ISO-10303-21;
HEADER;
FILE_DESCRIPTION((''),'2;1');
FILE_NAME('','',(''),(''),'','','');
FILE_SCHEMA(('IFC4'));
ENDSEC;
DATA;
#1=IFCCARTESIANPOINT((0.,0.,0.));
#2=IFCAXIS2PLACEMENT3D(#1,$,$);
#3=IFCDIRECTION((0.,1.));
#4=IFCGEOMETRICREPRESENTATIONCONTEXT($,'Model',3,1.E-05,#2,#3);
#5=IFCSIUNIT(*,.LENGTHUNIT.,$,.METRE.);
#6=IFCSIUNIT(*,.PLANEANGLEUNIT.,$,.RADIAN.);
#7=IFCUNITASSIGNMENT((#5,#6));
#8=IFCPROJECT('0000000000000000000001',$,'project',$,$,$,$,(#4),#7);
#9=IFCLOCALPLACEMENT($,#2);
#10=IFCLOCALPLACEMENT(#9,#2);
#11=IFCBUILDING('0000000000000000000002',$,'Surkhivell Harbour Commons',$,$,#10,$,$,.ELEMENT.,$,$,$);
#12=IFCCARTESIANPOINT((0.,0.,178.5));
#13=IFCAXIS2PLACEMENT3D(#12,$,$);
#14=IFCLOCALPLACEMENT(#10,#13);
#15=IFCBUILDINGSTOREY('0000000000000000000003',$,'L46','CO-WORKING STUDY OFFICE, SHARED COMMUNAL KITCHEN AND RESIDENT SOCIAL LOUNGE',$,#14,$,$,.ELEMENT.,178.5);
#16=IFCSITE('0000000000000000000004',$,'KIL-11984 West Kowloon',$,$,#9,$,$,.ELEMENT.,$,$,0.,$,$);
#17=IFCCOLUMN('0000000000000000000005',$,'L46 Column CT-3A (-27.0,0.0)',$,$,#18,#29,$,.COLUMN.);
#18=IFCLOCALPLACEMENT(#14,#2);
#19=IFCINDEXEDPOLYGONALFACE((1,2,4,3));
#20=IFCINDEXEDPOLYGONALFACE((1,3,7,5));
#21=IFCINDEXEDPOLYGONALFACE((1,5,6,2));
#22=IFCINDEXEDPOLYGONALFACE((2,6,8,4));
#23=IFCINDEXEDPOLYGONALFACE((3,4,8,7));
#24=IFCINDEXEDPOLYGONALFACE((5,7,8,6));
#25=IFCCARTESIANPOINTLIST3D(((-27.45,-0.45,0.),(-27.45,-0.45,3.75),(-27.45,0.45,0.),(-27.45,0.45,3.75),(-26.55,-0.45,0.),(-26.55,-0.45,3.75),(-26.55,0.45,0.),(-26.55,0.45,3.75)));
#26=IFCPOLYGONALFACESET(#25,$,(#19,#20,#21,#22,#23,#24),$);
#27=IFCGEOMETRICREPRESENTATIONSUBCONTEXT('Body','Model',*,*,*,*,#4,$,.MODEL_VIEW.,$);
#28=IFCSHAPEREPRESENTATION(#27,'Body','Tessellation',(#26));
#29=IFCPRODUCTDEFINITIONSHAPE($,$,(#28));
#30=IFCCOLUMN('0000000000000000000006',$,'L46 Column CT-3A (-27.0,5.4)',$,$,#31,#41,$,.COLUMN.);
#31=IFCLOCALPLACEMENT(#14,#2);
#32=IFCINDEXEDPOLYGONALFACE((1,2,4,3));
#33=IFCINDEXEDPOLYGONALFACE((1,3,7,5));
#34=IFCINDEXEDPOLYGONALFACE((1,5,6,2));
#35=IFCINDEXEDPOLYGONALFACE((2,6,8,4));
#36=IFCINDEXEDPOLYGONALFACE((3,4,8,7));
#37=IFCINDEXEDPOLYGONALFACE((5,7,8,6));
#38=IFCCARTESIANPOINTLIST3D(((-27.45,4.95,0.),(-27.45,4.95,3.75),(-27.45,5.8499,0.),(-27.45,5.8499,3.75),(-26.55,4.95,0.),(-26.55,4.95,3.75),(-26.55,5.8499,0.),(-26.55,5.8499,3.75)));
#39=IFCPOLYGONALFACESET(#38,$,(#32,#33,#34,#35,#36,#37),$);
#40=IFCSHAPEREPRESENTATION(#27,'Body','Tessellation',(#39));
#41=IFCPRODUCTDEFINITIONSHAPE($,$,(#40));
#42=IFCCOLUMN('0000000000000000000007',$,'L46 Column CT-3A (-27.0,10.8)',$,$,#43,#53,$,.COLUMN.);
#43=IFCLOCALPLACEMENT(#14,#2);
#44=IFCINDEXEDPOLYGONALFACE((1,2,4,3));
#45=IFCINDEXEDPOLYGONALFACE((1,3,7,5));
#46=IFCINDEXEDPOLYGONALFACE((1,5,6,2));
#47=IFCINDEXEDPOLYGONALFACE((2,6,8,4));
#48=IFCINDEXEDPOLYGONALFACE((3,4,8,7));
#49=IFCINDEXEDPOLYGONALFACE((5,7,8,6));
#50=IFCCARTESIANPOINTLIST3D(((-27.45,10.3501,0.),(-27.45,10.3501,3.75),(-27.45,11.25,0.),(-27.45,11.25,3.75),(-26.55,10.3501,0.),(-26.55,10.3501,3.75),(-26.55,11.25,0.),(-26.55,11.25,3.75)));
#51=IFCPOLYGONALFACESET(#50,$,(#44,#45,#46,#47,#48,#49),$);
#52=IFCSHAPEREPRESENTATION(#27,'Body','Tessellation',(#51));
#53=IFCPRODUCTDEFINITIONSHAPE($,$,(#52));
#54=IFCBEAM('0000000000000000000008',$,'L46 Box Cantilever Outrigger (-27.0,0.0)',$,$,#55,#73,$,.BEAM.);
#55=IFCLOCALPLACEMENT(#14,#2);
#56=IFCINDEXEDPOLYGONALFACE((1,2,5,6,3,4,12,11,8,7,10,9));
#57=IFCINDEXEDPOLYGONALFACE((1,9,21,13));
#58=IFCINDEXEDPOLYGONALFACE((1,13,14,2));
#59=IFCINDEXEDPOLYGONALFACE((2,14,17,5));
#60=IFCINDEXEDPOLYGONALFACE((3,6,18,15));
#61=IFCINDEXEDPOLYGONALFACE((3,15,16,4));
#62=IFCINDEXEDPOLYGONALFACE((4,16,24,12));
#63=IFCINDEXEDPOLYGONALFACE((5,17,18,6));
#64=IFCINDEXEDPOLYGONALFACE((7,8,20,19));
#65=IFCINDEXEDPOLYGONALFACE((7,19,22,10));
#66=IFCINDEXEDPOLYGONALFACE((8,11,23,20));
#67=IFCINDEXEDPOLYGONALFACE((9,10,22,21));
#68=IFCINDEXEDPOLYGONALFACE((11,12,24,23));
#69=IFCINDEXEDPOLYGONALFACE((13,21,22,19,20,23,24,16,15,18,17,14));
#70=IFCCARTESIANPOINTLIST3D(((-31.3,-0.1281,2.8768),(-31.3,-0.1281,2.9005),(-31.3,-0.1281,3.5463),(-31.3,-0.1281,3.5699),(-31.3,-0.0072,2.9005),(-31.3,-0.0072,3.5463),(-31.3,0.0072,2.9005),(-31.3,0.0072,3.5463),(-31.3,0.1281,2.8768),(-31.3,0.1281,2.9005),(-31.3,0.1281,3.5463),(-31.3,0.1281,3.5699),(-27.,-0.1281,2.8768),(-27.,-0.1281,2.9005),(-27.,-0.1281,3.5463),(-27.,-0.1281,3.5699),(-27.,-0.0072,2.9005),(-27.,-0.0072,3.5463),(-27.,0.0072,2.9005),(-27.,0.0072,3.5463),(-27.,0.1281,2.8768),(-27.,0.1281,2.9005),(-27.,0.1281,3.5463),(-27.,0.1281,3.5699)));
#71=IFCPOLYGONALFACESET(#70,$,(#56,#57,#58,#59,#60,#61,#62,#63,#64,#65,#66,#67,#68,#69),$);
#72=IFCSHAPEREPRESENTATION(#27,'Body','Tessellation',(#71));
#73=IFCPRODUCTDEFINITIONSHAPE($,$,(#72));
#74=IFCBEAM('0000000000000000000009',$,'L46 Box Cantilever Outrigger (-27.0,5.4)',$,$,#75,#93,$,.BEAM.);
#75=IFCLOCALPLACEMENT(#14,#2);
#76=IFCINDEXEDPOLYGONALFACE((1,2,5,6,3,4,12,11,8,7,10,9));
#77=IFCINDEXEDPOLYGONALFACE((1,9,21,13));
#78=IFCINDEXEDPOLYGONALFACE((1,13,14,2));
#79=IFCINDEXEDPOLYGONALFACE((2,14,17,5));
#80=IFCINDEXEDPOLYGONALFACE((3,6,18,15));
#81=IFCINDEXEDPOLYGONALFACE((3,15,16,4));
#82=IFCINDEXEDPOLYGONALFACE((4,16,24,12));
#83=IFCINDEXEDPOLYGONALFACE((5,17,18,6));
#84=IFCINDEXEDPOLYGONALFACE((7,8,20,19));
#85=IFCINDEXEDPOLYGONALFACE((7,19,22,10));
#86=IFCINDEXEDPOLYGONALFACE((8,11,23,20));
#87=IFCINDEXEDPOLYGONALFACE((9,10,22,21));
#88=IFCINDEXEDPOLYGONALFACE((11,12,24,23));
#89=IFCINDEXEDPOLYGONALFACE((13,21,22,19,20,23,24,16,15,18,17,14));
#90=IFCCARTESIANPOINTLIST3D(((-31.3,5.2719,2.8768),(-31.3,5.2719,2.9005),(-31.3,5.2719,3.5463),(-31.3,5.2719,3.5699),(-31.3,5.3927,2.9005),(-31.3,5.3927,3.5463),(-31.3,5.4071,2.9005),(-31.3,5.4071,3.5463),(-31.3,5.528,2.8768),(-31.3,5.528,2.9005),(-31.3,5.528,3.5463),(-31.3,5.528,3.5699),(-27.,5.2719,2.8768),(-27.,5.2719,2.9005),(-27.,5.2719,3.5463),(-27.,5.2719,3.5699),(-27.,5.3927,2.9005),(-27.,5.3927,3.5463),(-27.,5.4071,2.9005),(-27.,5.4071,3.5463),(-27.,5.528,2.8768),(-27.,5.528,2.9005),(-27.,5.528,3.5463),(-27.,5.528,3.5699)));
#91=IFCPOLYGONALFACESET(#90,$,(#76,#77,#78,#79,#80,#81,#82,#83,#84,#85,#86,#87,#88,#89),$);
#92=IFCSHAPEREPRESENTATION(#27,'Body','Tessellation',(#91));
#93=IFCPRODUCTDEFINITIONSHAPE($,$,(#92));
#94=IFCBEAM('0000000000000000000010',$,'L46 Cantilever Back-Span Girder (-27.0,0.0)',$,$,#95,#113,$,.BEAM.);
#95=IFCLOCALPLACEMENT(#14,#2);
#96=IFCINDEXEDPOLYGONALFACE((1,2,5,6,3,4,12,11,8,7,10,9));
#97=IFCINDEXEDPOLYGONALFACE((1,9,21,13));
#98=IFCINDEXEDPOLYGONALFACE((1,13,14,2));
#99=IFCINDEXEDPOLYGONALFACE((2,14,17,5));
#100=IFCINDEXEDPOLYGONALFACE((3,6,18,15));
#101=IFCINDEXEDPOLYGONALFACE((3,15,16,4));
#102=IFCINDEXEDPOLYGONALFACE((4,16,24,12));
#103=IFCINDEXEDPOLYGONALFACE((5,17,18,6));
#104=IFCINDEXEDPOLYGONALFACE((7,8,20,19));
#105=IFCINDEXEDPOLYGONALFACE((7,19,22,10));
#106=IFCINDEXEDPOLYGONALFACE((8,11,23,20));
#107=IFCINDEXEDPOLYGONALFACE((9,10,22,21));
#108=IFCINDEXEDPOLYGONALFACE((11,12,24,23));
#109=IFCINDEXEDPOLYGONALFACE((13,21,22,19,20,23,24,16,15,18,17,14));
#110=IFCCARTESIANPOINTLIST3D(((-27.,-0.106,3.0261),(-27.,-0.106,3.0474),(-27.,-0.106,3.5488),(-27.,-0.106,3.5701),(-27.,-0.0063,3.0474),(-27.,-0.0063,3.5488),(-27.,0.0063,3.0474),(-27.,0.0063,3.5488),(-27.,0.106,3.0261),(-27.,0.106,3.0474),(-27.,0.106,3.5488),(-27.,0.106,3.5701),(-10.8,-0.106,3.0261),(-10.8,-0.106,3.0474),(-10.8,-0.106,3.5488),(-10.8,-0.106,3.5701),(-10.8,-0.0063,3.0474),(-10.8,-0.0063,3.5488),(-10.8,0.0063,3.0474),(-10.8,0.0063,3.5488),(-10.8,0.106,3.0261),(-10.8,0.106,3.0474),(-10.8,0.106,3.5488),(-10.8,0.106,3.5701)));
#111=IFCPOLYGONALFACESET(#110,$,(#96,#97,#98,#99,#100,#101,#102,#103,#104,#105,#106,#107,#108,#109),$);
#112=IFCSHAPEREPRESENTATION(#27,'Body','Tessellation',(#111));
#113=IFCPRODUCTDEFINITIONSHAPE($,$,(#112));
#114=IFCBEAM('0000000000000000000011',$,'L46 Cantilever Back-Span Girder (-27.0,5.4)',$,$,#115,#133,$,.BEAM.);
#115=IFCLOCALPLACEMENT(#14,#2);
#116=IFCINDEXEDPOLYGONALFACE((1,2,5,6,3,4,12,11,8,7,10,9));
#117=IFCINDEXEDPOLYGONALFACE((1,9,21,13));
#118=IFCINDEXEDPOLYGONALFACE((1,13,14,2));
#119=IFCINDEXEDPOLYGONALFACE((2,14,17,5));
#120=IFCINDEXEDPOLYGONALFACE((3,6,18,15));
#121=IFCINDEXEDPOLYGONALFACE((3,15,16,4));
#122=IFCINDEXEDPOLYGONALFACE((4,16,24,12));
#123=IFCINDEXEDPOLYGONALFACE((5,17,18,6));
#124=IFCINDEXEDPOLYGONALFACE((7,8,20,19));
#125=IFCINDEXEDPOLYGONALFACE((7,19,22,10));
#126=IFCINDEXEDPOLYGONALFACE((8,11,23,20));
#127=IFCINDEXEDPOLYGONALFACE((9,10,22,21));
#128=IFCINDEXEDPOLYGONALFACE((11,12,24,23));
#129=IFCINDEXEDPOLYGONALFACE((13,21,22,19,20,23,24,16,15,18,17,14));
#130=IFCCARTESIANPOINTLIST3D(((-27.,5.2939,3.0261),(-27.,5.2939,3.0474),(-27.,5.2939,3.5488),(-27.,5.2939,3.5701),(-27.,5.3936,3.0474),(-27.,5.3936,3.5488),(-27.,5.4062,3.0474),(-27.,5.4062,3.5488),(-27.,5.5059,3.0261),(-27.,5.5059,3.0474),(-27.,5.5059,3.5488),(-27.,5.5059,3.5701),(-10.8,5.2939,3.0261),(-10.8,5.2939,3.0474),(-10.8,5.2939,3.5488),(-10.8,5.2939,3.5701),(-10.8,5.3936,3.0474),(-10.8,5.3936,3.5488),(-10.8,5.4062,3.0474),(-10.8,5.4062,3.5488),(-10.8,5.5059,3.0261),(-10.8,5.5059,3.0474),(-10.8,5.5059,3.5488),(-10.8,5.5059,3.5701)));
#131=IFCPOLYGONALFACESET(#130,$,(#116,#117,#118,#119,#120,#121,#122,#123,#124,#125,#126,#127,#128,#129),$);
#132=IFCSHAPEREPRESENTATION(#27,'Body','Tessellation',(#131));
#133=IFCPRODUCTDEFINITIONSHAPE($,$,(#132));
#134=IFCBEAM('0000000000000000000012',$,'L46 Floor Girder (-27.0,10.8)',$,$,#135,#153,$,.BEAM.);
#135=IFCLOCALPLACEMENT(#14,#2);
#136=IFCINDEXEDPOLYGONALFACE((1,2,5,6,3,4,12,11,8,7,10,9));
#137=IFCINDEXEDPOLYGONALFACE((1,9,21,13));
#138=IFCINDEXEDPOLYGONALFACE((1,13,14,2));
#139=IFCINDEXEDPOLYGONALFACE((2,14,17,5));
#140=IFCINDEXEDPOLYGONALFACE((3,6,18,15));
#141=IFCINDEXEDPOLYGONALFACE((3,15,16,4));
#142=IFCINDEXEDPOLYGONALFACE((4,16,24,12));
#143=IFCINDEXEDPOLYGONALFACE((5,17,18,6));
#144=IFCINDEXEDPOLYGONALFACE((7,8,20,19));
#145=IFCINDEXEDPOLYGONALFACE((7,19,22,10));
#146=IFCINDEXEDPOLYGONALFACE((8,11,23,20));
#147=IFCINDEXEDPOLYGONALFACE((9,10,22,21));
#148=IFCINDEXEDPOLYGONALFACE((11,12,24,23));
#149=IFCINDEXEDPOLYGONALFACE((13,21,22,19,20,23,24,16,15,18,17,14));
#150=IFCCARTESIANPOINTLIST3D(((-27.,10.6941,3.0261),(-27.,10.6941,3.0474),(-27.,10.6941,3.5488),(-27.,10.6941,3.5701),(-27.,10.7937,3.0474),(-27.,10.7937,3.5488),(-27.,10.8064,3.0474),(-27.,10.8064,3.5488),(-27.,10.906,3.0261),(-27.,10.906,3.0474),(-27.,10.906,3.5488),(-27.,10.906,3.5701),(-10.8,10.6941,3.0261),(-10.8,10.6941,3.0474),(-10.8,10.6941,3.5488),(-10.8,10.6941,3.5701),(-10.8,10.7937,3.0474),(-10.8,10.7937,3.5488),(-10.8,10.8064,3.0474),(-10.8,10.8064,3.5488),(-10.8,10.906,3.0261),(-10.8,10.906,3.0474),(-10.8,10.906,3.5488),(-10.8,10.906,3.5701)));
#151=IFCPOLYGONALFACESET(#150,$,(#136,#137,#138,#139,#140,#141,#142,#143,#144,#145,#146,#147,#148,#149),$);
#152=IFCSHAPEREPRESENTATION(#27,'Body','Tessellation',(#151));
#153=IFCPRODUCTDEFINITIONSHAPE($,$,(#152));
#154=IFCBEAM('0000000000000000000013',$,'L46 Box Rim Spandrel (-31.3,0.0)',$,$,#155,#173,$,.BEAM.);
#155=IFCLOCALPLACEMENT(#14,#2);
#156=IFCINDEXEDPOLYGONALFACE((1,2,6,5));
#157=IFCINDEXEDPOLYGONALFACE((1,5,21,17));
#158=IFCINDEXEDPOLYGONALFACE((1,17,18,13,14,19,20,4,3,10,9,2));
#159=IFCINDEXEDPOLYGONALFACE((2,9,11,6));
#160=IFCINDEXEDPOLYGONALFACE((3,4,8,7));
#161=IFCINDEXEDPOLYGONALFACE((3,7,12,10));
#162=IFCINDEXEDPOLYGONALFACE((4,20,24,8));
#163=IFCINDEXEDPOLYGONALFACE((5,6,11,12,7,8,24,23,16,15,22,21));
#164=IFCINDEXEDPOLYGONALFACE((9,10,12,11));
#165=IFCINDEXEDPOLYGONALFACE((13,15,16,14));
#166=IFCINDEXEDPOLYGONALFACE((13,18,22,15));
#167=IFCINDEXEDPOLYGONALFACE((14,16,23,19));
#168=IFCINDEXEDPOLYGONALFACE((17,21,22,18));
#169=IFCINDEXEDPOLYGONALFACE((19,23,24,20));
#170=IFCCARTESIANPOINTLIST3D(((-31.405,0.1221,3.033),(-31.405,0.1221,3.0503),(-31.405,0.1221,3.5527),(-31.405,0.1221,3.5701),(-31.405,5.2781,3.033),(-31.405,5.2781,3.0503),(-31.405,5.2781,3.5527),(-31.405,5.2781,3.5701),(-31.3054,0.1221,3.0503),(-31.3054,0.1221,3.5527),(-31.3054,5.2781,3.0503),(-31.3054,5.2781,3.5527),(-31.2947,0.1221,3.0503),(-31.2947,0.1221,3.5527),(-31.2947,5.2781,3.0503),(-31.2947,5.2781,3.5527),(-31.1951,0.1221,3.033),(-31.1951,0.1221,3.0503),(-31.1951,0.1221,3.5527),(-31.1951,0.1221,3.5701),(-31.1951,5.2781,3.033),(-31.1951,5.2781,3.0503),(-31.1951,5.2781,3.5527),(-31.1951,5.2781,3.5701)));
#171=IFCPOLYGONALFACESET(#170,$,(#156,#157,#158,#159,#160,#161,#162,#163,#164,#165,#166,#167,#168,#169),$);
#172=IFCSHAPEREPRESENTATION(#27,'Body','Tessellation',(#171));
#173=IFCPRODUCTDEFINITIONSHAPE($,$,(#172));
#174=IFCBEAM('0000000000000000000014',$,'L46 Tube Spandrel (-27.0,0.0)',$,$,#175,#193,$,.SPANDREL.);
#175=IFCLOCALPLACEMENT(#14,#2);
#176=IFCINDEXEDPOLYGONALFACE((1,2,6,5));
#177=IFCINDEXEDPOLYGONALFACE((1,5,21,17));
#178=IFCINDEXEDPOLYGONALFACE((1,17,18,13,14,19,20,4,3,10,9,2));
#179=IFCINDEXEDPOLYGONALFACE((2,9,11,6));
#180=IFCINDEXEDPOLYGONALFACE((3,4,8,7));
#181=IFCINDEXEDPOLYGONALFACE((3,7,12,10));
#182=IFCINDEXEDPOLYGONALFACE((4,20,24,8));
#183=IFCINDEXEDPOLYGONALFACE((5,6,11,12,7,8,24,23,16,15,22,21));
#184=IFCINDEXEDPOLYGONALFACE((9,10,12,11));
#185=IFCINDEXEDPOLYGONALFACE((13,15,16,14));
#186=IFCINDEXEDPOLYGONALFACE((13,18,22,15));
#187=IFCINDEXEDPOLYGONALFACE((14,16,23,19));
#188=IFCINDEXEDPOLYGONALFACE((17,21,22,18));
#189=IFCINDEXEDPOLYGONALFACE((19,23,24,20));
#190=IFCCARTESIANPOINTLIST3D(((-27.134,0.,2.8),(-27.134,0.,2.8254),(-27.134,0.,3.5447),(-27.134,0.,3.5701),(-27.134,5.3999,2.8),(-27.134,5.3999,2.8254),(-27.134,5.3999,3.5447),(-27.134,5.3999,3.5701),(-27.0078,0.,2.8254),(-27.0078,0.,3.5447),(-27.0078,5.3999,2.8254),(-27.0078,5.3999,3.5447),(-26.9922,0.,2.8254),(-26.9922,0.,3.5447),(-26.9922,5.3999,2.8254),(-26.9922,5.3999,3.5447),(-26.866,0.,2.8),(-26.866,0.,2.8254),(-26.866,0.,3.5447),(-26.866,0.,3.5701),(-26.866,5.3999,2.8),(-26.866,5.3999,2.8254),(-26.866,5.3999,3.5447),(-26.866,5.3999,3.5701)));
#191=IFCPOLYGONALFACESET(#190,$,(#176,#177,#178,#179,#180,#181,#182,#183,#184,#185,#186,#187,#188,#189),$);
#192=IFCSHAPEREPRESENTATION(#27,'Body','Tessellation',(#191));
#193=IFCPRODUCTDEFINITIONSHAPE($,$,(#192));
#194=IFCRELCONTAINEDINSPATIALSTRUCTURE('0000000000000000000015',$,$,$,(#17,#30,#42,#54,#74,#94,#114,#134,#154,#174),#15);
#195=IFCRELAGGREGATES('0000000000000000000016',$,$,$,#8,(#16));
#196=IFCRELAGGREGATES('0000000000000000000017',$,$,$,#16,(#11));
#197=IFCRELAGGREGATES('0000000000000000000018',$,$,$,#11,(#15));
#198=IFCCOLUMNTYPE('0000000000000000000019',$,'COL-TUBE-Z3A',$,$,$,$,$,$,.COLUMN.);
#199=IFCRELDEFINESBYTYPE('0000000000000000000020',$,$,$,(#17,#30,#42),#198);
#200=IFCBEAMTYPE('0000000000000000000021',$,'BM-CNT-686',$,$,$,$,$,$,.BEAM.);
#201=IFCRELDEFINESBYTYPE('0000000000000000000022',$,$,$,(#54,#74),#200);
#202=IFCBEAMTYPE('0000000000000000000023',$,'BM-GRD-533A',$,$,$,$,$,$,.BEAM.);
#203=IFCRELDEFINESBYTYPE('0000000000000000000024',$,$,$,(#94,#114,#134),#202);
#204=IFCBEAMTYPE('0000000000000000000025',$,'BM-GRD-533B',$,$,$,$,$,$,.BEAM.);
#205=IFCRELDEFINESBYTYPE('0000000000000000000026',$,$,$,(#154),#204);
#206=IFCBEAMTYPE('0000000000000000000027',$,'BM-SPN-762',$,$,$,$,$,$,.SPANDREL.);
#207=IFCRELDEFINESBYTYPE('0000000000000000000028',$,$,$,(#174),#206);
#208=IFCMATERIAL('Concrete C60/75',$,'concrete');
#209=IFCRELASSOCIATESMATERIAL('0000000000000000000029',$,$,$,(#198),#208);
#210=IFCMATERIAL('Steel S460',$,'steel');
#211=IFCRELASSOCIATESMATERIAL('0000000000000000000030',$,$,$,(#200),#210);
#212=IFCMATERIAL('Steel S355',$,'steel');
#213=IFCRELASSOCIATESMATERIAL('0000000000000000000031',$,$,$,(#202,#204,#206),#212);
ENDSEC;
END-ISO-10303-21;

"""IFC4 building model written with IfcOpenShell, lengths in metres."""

from ifc_helpers import new_model, si_unit, direction, frame, origin, origin_2d, place, context, subcontext, project, spatial, rectangle, i_section, extrude, material, material_profile, profile_set, type_object, element, save


model = new_model("IFC4")

# Units and contexts
model_context = context("Model", 3, precision=1e-05, world=origin(), true_north=direction((0.0, 1.0)))
body_context = subcontext(model_context, "Body", "Model", "MODEL_VIEW")
ifc_project = project(units=[si_unit("LENGTHUNIT", "METRE"), si_unit("PLANEANGLEUNIT", "RADIAN")], contexts=[model_context])

# Site, building, storey
site_placement = place(None, origin())
site = spatial("IfcSite", under=ifc_project, at=site_placement, Name="KIL-11984 West Kowloon", CompositionType="ELEMENT", RefElevation=0.0)
building_placement = place(site_placement, origin())
building = spatial("IfcBuilding", under=site, at=building_placement, Name="Surkhivell Harbour Commons", CompositionType="ELEMENT")
storey_placement = place(building_placement, frame((0.0, 0.0, 178.5)))
storey = spatial("IfcBuildingStorey", under=building, at=storey_placement, Name="L46", Description="CO-WORKING STUDY OFFICE, SHARED COMMUNAL KITCHEN AND RESIDENT SOCIAL LOUNGE", CompositionType="ELEMENT", Elevation=178.5)

# Columns
ifc_material_1 = material(Name="Concrete C60/75", Category="concrete")
ifc_material_profile_1 = material_profile(ifc_material_1, rectangle(XDim=0.8999, YDim=0.8999, at=origin_2d()), Name="RC-COL-900x900")
ifc_profile_set_1 = profile_set([ifc_material_profile_1], Name="Concrete C60/75")
column_type = type_object("IfcColumnType", Name="COL-TUBE-Z3A", PredefinedType="COLUMN", material=ifc_profile_set_1)
for number, where, z_axis, x_axis, name in (
    (1, (-27.0, 0.0, 0.0), (0.0, 0.0, 1.0), (1.0, 0.0, 0.0), "L46 Column CT-3A (-27.0,0.0)"),
    (2, (-27.0, 5.3999, 0.0), (0.0, 0.0, 1.0), (1.0, 0.0, 0.0), "L46 Column CT-3A (-27.0,5.4)"),
    (3, (-27.0, 10.8, 0.0), (0.0, 0.0, 1.0), (1.0, 0.0, 0.0), "L46 Column CT-3A (-27.0,10.8)"),
):
    element("IfcColumn", number, at=place(storey_placement, frame(where, z_axis=z_axis, x_axis=x_axis)), inside=storey, type_object=column_type, Name=name, PredefinedType="COLUMN", context=body_context, shape_type="SweptSolid", body=[
        extrude(rectangle(XDim=0.8999, YDim=0.8999, at=origin_2d()), origin(), (0.0, 0.0, 1.0), 3.75),
    ])

# Beams
ifc_material_2 = material(Name="Steel S460", Category="steel")
ifc_material_profile_2 = material_profile(ifc_material_2, i_section(OverallWidth=0.2561, OverallDepth=0.6931, WebThickness=0.0144, FlangeThickness=0.0237, at=origin_2d()), Name="UB686x254x170")
ifc_profile_set_2 = profile_set([ifc_material_profile_2], Name="Steel S460")
beam_type_1 = type_object("IfcBeamType", Name="BM-CNT-686", PredefinedType="BEAM", material=ifc_profile_set_2)
for number, where, z_axis, x_axis, name in (
    (4, (-27.0, 0.0, 3.2234), (-1.0, 0.0, 0.0), (0.0, -1.0, 0.0), "L46 Box Cantilever Outrigger (-27.0,0.0)"),
    (5, (-27.0, 5.3999, 3.2234), (-1.0, 0.0, 0.0), (0.0, -1.0, 0.0), "L46 Box Cantilever Outrigger (-27.0,5.4)"),
):
    element("IfcBeam", number, at=place(storey_placement, frame(where, z_axis=z_axis, x_axis=x_axis)), inside=storey, type_object=beam_type_1, Name=name, PredefinedType="BEAM", context=body_context, shape_type="SweptSolid", body=[
        extrude(i_section(OverallWidth=0.2561, OverallDepth=0.6931, WebThickness=0.0144, FlangeThickness=0.0237, at=origin_2d()), origin(), (0.0, 0.0, 1.0), 4.3),
    ])
ifc_material_3 = material(Name="Steel S355", Category="steel")
ifc_material_profile_3 = material_profile(ifc_material_3, i_section(OverallWidth=0.2119, OverallDepth=0.5439, WebThickness=0.0127, FlangeThickness=0.0212, at=origin_2d()), Name="UB533x210x122")
ifc_profile_set_3 = profile_set([ifc_material_profile_3], Name="Steel S355")
beam_type_2 = type_object("IfcBeamType", Name="BM-GRD-533A", PredefinedType="BEAM", material=ifc_profile_set_3)
for number, where, z_axis, x_axis, name in (
    (6, (-27.0, 0.0, 3.2981), (1.0, 0.0, 0.0), (0.0, 1.0, 0.0), "L46 Cantilever Back-Span Girder (-27.0,0.0)"),
    (7, (-27.0, 5.3999, 3.2981), (1.0, 0.0, 0.0), (0.0, 1.0, 0.0), "L46 Cantilever Back-Span Girder (-27.0,5.4)"),
    (8, (-27.0, 10.8, 3.2981), (1.0, 0.0, 0.0), (0.0, 1.0, 0.0), "L46 Floor Girder (-27.0,10.8)"),
):
    element("IfcBeam", number, at=place(storey_placement, frame(where, z_axis=z_axis, x_axis=x_axis)), inside=storey, type_object=beam_type_2, Name=name, PredefinedType="BEAM", context=body_context, shape_type="SweptSolid", body=[
        extrude(i_section(OverallWidth=0.2119, OverallDepth=0.5439, WebThickness=0.0127, FlangeThickness=0.0212, at=origin_2d()), origin(), (0.0, 0.0, 1.0), 16.2),
    ])
ifc_material_profile_4 = material_profile(ifc_material_3, i_section(OverallWidth=0.21, OverallDepth=0.5371, WebThickness=0.0107, FlangeThickness=0.0173, at=origin_2d()), Name="UB533x210x101")
ifc_profile_set_4 = profile_set([ifc_material_profile_4], Name="Steel S355")
beam_type_3 = type_object("IfcBeamType", Name="BM-GRD-533B", PredefinedType="BEAM", material=ifc_profile_set_4)
beam_1_placement = place(storey_placement, frame((-31.3, 0.1221, 3.3015), z_axis=(0.0, 1.0, 0.0), x_axis=(-1.0, 0.0, 0.0)))
element("IfcBeam", 9, at=beam_1_placement, inside=storey, type_object=beam_type_3, Name="L46 Box Rim Spandrel (-31.3,0.0)", PredefinedType="BEAM", context=body_context, shape_type="SweptSolid", body=[
    extrude(i_section(OverallWidth=0.21, OverallDepth=0.5371, WebThickness=0.0107, FlangeThickness=0.0173, at=origin_2d()), origin(), (0.0, 0.0, 1.0), 5.156),
])
ifc_material_profile_5 = material_profile(ifc_material_3, i_section(OverallWidth=0.2681, OverallDepth=0.77, WebThickness=0.0156, FlangeThickness=0.0254, at=origin_2d()), Name="UB762x267x197")
ifc_profile_set_5 = profile_set([ifc_material_profile_5], Name="Steel S355")
beam_type_4 = type_object("IfcBeamType", Name="BM-SPN-762", PredefinedType="SPANDREL", material=ifc_profile_set_5)
beam_2_placement = place(storey_placement, frame((-27.0, 0.0, 3.1851), z_axis=(0.0, 1.0, 0.0), x_axis=(-1.0, 0.0, 0.0)))
element("IfcBeam", 10, at=beam_2_placement, inside=storey, type_object=beam_type_4, Name="L46 Tube Spandrel (-27.0,0.0)", PredefinedType="SPANDREL", context=body_context, shape_type="SweptSolid", body=[
    extrude(i_section(OverallWidth=0.2681, OverallDepth=0.77, WebThickness=0.0156, FlangeThickness=0.0254, at=origin_2d()), origin(), (0.0, 0.0, 1.0), 5.3999),
])

save(model, "model.ifc")
